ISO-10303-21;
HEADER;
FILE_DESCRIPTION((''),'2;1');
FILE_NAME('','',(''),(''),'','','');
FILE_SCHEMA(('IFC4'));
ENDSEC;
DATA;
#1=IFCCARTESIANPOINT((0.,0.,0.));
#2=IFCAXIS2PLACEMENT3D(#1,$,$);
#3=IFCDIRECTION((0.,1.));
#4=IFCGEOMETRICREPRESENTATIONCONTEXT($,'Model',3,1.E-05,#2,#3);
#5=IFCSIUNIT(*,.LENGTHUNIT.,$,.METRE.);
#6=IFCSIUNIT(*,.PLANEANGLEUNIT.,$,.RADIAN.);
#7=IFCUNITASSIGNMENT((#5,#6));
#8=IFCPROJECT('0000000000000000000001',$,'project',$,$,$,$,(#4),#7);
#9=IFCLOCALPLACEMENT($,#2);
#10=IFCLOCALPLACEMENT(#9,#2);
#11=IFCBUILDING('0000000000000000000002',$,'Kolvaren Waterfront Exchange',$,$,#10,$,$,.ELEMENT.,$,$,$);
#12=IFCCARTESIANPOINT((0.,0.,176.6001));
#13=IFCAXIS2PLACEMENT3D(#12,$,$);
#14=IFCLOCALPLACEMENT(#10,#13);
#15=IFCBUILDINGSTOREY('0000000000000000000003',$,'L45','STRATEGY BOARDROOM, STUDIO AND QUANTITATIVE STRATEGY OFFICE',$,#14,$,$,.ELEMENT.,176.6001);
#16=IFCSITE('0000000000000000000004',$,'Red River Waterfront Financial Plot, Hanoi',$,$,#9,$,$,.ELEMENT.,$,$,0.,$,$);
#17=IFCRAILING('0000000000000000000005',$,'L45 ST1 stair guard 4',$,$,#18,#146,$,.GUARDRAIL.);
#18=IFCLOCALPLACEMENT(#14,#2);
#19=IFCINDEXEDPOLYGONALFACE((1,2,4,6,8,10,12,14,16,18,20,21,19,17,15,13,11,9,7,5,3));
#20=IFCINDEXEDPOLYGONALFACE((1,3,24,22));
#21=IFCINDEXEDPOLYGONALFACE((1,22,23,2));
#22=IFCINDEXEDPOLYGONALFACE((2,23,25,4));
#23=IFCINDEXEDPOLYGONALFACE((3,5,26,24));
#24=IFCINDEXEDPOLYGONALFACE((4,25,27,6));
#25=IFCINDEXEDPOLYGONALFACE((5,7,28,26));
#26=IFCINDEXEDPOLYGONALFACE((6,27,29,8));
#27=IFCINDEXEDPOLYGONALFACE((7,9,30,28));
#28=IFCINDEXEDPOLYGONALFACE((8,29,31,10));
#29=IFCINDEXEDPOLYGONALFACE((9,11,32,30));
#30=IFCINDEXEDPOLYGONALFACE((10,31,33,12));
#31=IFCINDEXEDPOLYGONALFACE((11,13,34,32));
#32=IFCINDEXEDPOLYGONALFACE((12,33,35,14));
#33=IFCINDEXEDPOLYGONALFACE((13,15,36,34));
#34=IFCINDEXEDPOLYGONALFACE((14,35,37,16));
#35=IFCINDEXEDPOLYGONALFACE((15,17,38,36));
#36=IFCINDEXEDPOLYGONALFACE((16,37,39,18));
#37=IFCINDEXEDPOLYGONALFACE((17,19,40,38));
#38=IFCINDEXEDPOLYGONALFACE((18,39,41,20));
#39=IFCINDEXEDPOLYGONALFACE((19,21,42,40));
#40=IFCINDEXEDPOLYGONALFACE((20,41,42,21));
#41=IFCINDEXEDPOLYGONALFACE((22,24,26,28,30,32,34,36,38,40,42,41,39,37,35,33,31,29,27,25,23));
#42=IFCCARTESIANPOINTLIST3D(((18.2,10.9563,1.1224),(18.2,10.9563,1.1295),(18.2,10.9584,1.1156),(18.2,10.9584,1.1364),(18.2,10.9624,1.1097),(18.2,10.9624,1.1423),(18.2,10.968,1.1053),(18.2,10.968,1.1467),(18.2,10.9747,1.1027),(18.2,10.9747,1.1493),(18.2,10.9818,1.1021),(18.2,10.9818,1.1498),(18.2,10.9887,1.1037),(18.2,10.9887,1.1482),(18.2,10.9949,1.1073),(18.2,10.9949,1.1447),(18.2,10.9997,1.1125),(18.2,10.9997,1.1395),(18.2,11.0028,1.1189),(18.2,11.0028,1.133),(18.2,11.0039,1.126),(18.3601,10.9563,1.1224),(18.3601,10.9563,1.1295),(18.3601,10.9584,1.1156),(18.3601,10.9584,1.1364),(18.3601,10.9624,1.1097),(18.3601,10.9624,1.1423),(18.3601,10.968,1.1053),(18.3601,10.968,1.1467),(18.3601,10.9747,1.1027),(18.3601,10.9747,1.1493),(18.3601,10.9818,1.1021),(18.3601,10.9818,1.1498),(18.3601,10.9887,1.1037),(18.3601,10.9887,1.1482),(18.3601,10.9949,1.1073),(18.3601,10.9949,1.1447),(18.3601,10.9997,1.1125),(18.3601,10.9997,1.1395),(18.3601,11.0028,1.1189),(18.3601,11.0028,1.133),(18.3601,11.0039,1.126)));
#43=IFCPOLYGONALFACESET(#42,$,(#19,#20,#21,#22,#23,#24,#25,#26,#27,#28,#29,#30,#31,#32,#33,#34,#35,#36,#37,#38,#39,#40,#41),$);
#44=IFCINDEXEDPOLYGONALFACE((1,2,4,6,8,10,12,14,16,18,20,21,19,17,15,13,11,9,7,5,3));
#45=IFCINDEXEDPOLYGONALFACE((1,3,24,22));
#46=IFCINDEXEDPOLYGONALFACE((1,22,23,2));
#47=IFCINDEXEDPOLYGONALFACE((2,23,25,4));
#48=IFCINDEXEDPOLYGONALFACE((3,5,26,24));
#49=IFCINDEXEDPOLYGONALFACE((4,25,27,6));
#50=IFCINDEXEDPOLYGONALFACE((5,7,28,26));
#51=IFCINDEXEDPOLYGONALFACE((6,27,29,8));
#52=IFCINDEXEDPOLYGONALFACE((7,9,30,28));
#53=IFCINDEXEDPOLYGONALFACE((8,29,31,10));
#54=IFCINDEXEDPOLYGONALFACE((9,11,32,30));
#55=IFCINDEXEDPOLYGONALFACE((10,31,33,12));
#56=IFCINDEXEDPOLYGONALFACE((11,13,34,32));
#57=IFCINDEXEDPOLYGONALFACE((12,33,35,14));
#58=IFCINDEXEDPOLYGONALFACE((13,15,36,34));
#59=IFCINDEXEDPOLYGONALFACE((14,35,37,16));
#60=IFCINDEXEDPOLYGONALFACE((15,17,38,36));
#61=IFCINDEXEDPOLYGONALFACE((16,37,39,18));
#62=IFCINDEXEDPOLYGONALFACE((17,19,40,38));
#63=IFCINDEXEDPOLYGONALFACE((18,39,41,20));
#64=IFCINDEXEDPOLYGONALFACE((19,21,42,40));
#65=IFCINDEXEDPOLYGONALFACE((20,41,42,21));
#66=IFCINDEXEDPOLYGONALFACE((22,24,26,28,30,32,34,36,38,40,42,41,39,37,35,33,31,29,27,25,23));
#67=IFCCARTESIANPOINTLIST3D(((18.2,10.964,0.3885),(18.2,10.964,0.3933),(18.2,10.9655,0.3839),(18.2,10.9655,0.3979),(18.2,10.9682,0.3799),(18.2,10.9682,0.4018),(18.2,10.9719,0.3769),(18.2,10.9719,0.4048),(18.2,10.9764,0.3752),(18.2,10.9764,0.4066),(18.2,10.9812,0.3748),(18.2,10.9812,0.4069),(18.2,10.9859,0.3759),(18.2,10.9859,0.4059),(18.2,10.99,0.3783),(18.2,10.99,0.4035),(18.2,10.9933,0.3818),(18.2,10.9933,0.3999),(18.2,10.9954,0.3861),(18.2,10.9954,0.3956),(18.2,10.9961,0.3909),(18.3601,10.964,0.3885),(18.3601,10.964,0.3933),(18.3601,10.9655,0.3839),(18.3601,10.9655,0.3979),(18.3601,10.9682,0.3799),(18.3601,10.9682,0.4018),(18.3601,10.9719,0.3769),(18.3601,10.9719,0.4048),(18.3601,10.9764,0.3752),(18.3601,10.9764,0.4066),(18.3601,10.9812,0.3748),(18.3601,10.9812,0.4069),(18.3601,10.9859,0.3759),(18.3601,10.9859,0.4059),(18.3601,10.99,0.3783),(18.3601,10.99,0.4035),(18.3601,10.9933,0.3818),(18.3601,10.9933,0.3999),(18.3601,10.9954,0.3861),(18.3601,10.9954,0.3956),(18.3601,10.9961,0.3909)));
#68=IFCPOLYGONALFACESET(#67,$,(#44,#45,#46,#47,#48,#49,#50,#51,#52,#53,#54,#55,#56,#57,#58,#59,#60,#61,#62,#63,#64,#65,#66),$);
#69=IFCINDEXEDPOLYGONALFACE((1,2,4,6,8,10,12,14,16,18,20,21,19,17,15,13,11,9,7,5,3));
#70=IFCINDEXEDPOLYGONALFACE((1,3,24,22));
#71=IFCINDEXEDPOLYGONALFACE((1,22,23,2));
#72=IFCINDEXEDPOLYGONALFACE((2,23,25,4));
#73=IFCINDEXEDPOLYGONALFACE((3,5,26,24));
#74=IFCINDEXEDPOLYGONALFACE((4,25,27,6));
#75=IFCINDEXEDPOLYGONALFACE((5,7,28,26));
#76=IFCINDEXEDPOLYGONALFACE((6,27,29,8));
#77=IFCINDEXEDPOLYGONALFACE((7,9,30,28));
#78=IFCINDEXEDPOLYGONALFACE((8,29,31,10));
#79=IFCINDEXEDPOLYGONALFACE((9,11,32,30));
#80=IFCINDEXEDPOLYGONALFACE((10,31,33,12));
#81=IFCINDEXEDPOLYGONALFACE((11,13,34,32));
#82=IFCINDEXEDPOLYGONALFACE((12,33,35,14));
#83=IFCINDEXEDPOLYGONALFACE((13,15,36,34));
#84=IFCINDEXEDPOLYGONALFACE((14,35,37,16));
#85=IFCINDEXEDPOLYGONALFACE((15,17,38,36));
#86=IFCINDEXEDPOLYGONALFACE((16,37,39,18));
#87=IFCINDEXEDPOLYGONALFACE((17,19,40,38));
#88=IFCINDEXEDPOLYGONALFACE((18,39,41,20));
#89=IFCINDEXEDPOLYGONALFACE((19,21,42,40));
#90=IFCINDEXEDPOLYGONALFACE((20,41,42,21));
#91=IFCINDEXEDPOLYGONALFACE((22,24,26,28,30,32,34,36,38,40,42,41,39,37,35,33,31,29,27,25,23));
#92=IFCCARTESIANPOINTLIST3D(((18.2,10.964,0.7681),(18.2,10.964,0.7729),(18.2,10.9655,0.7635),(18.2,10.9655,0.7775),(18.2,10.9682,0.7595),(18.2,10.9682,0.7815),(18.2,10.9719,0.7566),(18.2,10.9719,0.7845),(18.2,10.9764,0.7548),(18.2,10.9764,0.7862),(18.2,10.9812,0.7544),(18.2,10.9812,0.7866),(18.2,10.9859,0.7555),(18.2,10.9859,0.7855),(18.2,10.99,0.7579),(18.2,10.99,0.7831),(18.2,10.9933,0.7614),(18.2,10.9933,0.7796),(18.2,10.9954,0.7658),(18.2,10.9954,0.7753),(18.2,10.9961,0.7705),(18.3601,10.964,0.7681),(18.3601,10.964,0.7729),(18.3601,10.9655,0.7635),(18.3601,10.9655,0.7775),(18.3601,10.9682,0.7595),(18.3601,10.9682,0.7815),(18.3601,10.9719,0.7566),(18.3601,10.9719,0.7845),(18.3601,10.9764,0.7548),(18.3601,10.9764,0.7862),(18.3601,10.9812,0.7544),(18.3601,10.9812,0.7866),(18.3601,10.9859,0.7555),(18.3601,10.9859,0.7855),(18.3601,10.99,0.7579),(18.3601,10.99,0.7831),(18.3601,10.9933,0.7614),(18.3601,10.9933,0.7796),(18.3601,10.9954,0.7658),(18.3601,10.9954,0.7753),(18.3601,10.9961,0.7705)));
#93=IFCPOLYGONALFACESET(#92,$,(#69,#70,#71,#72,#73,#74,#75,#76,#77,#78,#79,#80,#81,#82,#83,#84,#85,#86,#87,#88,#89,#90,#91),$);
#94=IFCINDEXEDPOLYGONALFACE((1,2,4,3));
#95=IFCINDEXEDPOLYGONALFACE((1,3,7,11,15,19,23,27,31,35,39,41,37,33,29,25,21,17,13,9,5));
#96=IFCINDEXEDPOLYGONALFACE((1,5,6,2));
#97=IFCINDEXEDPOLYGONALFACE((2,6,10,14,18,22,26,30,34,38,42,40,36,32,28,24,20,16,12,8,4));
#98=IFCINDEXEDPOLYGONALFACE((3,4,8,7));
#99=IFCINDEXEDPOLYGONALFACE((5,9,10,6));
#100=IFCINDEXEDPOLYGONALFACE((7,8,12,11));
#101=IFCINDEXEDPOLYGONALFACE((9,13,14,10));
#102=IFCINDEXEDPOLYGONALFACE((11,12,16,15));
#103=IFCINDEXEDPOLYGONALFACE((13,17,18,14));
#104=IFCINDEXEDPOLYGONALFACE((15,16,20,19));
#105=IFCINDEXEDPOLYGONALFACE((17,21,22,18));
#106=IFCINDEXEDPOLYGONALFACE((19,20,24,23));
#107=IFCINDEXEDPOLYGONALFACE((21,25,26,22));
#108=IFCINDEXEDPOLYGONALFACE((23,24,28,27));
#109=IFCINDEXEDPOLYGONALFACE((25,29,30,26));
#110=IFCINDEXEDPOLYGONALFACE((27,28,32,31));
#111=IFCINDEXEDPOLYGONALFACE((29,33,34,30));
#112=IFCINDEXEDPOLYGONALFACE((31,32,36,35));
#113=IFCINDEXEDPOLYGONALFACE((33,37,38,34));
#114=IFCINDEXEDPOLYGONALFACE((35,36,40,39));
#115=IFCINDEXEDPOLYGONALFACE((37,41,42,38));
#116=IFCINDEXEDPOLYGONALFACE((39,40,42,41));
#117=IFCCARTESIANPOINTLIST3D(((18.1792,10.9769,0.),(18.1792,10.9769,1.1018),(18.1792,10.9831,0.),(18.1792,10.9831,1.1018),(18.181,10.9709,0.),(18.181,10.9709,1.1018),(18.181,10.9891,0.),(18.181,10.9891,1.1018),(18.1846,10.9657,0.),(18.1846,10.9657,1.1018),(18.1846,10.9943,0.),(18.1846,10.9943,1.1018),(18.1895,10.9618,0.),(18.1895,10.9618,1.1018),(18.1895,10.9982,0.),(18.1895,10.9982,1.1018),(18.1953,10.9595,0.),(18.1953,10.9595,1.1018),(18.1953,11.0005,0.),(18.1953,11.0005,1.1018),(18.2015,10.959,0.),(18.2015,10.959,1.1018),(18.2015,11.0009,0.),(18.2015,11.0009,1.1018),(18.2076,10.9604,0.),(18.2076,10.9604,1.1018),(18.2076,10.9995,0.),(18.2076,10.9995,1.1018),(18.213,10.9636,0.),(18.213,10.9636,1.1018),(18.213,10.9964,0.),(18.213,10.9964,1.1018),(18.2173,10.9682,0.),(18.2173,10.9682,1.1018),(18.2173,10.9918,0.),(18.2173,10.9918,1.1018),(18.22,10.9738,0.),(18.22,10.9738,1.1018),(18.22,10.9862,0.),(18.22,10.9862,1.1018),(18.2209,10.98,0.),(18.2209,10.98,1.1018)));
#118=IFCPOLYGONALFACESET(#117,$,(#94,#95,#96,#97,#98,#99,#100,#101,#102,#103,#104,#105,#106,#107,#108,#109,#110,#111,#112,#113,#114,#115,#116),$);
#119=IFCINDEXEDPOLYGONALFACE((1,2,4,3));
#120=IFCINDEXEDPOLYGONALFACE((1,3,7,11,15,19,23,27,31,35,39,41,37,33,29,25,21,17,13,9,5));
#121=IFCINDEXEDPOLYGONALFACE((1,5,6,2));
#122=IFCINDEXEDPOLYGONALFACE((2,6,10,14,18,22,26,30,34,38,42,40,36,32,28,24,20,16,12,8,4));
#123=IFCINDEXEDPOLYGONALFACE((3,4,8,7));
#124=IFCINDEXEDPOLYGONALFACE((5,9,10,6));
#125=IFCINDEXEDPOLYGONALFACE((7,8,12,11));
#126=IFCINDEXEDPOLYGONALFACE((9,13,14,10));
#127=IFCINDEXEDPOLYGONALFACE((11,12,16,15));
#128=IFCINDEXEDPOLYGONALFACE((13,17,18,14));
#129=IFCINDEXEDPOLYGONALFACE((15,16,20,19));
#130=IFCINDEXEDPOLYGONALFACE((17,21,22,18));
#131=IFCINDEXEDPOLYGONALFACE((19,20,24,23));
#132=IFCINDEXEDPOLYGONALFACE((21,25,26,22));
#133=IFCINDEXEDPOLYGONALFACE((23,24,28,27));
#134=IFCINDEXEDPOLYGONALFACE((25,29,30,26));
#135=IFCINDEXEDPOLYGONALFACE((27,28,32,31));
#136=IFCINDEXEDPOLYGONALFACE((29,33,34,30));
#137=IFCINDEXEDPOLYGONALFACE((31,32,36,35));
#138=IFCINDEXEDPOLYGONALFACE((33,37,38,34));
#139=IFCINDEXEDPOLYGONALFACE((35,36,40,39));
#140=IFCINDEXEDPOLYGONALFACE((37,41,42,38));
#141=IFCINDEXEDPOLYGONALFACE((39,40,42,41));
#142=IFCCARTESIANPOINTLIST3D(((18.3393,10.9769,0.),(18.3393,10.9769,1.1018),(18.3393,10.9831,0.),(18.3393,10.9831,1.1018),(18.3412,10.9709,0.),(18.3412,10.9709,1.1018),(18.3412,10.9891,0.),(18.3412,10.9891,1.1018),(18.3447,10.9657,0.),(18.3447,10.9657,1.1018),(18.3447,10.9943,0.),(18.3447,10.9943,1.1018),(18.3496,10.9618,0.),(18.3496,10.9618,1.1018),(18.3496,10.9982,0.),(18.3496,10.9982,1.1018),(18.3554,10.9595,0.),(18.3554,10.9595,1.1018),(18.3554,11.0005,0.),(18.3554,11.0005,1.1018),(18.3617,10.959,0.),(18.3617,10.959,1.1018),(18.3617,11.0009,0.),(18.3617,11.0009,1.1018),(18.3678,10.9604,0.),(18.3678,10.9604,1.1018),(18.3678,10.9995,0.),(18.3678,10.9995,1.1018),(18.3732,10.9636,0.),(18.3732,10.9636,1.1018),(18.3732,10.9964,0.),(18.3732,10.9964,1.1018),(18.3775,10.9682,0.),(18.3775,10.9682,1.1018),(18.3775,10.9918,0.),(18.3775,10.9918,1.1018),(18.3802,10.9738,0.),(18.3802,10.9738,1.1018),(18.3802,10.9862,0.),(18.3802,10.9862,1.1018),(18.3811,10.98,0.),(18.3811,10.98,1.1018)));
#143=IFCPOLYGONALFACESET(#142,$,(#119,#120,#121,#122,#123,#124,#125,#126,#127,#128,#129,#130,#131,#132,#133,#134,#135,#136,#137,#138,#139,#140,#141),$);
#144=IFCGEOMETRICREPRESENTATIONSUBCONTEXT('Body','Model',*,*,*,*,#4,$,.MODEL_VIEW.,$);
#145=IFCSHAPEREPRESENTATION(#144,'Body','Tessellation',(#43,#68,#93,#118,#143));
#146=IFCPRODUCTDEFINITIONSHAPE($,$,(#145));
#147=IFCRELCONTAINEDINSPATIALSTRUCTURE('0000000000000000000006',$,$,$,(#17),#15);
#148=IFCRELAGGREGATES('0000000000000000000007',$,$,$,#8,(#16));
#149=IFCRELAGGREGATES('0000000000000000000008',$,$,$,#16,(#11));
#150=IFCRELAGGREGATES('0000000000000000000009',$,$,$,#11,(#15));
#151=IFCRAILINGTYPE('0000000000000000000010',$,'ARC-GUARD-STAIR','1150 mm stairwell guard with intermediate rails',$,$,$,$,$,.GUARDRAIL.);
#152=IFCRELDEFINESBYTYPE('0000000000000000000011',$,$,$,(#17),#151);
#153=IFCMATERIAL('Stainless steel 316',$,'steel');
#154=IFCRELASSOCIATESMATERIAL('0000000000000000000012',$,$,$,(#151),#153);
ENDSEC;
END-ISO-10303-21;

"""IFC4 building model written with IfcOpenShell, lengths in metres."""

from ifc_helpers import new_model, si_unit, direction, frame, origin, origin_2d, place, context, subcontext, project, spatial, circle, extrude, material, type_object, element, save


model = new_model("IFC4")

# Units and contexts
model_context = context("Model", 3, precision=1e-05, world=origin(), true_north=direction((0.0, 1.0)))
body_context = subcontext(model_context, "Body", "Model", "MODEL_VIEW")
ifc_project = project(units=[si_unit("LENGTHUNIT", "METRE"), si_unit("PLANEANGLEUNIT", "RADIAN")], contexts=[model_context])

# Site, building, storey
site_placement = place(None, origin())
site = spatial("IfcSite", under=ifc_project, at=site_placement, Name="Red River Waterfront Financial Plot, Hanoi", CompositionType="ELEMENT", RefElevation=0.0)
building_placement = place(site_placement, origin())
building = spatial("IfcBuilding", under=site, at=building_placement, Name="Kolvaren Waterfront Exchange", CompositionType="ELEMENT")
storey_placement = place(building_placement, frame((0.0, 0.0, 176.6001)))
storey = spatial("IfcBuildingStorey", under=building, at=storey_placement, Name="L45", Description="STRATEGY BOARDROOM, STUDIO AND QUANTITATIVE STRATEGY OFFICE", CompositionType="ELEMENT", Elevation=176.6001)

# Railing
ifc_material_1 = material(Name="Stainless steel 316", Category="steel")
railing_type_1 = type_object("IfcRailingType", Name="ARC-GUARD-STAIR", Description="1150 mm stairwell guard with intermediate rails", PredefinedType="GUARDRAIL", material=ifc_material_1)
railing_1_placement = place(storey_placement, frame((18.2, 10.98, 0.0)))
element("IfcRailing", 1, at=railing_1_placement, inside=storey, type_object=railing_type_1, Name="L45 ST1 stair guard 4", PredefinedType="GUARDRAIL", context=body_context, shape_type="SweptSolid", body=[
    extrude(circle(Radius=0.0239, at=origin_2d()), frame((0.0, 0.0, 1.126), z_axis=(1.0, 0.0, 0.0), x_axis=(0.0, 1.0, 0.0)), (0.0, 0.0, 1.0), 0.1602),
    extrude(circle(Radius=0.0161, at=origin_2d()), frame((0.0, 0.0, 0.3909), z_axis=(1.0, 0.0, 0.0), x_axis=(0.0, 1.0, 0.0)), (0.0, 0.0, 1.0), 0.1602),
    extrude(circle(Radius=0.0161, at=origin_2d()), frame((0.0, 0.0, 0.7705), z_axis=(1.0, 0.0, 0.0), x_axis=(0.0, 1.0, 0.0)), (0.0, 0.0, 1.0), 0.1602),
    extrude(circle(Radius=0.021, at=origin_2d()), origin(), (0.0, 0.0, 1.0), 1.1018),
    extrude(circle(Radius=0.021, at=origin_2d()), frame((0.1602, 0.0, 0.0)), (0.0, 0.0, 1.0), 1.1018),
])

save(model, "model.ifc")
